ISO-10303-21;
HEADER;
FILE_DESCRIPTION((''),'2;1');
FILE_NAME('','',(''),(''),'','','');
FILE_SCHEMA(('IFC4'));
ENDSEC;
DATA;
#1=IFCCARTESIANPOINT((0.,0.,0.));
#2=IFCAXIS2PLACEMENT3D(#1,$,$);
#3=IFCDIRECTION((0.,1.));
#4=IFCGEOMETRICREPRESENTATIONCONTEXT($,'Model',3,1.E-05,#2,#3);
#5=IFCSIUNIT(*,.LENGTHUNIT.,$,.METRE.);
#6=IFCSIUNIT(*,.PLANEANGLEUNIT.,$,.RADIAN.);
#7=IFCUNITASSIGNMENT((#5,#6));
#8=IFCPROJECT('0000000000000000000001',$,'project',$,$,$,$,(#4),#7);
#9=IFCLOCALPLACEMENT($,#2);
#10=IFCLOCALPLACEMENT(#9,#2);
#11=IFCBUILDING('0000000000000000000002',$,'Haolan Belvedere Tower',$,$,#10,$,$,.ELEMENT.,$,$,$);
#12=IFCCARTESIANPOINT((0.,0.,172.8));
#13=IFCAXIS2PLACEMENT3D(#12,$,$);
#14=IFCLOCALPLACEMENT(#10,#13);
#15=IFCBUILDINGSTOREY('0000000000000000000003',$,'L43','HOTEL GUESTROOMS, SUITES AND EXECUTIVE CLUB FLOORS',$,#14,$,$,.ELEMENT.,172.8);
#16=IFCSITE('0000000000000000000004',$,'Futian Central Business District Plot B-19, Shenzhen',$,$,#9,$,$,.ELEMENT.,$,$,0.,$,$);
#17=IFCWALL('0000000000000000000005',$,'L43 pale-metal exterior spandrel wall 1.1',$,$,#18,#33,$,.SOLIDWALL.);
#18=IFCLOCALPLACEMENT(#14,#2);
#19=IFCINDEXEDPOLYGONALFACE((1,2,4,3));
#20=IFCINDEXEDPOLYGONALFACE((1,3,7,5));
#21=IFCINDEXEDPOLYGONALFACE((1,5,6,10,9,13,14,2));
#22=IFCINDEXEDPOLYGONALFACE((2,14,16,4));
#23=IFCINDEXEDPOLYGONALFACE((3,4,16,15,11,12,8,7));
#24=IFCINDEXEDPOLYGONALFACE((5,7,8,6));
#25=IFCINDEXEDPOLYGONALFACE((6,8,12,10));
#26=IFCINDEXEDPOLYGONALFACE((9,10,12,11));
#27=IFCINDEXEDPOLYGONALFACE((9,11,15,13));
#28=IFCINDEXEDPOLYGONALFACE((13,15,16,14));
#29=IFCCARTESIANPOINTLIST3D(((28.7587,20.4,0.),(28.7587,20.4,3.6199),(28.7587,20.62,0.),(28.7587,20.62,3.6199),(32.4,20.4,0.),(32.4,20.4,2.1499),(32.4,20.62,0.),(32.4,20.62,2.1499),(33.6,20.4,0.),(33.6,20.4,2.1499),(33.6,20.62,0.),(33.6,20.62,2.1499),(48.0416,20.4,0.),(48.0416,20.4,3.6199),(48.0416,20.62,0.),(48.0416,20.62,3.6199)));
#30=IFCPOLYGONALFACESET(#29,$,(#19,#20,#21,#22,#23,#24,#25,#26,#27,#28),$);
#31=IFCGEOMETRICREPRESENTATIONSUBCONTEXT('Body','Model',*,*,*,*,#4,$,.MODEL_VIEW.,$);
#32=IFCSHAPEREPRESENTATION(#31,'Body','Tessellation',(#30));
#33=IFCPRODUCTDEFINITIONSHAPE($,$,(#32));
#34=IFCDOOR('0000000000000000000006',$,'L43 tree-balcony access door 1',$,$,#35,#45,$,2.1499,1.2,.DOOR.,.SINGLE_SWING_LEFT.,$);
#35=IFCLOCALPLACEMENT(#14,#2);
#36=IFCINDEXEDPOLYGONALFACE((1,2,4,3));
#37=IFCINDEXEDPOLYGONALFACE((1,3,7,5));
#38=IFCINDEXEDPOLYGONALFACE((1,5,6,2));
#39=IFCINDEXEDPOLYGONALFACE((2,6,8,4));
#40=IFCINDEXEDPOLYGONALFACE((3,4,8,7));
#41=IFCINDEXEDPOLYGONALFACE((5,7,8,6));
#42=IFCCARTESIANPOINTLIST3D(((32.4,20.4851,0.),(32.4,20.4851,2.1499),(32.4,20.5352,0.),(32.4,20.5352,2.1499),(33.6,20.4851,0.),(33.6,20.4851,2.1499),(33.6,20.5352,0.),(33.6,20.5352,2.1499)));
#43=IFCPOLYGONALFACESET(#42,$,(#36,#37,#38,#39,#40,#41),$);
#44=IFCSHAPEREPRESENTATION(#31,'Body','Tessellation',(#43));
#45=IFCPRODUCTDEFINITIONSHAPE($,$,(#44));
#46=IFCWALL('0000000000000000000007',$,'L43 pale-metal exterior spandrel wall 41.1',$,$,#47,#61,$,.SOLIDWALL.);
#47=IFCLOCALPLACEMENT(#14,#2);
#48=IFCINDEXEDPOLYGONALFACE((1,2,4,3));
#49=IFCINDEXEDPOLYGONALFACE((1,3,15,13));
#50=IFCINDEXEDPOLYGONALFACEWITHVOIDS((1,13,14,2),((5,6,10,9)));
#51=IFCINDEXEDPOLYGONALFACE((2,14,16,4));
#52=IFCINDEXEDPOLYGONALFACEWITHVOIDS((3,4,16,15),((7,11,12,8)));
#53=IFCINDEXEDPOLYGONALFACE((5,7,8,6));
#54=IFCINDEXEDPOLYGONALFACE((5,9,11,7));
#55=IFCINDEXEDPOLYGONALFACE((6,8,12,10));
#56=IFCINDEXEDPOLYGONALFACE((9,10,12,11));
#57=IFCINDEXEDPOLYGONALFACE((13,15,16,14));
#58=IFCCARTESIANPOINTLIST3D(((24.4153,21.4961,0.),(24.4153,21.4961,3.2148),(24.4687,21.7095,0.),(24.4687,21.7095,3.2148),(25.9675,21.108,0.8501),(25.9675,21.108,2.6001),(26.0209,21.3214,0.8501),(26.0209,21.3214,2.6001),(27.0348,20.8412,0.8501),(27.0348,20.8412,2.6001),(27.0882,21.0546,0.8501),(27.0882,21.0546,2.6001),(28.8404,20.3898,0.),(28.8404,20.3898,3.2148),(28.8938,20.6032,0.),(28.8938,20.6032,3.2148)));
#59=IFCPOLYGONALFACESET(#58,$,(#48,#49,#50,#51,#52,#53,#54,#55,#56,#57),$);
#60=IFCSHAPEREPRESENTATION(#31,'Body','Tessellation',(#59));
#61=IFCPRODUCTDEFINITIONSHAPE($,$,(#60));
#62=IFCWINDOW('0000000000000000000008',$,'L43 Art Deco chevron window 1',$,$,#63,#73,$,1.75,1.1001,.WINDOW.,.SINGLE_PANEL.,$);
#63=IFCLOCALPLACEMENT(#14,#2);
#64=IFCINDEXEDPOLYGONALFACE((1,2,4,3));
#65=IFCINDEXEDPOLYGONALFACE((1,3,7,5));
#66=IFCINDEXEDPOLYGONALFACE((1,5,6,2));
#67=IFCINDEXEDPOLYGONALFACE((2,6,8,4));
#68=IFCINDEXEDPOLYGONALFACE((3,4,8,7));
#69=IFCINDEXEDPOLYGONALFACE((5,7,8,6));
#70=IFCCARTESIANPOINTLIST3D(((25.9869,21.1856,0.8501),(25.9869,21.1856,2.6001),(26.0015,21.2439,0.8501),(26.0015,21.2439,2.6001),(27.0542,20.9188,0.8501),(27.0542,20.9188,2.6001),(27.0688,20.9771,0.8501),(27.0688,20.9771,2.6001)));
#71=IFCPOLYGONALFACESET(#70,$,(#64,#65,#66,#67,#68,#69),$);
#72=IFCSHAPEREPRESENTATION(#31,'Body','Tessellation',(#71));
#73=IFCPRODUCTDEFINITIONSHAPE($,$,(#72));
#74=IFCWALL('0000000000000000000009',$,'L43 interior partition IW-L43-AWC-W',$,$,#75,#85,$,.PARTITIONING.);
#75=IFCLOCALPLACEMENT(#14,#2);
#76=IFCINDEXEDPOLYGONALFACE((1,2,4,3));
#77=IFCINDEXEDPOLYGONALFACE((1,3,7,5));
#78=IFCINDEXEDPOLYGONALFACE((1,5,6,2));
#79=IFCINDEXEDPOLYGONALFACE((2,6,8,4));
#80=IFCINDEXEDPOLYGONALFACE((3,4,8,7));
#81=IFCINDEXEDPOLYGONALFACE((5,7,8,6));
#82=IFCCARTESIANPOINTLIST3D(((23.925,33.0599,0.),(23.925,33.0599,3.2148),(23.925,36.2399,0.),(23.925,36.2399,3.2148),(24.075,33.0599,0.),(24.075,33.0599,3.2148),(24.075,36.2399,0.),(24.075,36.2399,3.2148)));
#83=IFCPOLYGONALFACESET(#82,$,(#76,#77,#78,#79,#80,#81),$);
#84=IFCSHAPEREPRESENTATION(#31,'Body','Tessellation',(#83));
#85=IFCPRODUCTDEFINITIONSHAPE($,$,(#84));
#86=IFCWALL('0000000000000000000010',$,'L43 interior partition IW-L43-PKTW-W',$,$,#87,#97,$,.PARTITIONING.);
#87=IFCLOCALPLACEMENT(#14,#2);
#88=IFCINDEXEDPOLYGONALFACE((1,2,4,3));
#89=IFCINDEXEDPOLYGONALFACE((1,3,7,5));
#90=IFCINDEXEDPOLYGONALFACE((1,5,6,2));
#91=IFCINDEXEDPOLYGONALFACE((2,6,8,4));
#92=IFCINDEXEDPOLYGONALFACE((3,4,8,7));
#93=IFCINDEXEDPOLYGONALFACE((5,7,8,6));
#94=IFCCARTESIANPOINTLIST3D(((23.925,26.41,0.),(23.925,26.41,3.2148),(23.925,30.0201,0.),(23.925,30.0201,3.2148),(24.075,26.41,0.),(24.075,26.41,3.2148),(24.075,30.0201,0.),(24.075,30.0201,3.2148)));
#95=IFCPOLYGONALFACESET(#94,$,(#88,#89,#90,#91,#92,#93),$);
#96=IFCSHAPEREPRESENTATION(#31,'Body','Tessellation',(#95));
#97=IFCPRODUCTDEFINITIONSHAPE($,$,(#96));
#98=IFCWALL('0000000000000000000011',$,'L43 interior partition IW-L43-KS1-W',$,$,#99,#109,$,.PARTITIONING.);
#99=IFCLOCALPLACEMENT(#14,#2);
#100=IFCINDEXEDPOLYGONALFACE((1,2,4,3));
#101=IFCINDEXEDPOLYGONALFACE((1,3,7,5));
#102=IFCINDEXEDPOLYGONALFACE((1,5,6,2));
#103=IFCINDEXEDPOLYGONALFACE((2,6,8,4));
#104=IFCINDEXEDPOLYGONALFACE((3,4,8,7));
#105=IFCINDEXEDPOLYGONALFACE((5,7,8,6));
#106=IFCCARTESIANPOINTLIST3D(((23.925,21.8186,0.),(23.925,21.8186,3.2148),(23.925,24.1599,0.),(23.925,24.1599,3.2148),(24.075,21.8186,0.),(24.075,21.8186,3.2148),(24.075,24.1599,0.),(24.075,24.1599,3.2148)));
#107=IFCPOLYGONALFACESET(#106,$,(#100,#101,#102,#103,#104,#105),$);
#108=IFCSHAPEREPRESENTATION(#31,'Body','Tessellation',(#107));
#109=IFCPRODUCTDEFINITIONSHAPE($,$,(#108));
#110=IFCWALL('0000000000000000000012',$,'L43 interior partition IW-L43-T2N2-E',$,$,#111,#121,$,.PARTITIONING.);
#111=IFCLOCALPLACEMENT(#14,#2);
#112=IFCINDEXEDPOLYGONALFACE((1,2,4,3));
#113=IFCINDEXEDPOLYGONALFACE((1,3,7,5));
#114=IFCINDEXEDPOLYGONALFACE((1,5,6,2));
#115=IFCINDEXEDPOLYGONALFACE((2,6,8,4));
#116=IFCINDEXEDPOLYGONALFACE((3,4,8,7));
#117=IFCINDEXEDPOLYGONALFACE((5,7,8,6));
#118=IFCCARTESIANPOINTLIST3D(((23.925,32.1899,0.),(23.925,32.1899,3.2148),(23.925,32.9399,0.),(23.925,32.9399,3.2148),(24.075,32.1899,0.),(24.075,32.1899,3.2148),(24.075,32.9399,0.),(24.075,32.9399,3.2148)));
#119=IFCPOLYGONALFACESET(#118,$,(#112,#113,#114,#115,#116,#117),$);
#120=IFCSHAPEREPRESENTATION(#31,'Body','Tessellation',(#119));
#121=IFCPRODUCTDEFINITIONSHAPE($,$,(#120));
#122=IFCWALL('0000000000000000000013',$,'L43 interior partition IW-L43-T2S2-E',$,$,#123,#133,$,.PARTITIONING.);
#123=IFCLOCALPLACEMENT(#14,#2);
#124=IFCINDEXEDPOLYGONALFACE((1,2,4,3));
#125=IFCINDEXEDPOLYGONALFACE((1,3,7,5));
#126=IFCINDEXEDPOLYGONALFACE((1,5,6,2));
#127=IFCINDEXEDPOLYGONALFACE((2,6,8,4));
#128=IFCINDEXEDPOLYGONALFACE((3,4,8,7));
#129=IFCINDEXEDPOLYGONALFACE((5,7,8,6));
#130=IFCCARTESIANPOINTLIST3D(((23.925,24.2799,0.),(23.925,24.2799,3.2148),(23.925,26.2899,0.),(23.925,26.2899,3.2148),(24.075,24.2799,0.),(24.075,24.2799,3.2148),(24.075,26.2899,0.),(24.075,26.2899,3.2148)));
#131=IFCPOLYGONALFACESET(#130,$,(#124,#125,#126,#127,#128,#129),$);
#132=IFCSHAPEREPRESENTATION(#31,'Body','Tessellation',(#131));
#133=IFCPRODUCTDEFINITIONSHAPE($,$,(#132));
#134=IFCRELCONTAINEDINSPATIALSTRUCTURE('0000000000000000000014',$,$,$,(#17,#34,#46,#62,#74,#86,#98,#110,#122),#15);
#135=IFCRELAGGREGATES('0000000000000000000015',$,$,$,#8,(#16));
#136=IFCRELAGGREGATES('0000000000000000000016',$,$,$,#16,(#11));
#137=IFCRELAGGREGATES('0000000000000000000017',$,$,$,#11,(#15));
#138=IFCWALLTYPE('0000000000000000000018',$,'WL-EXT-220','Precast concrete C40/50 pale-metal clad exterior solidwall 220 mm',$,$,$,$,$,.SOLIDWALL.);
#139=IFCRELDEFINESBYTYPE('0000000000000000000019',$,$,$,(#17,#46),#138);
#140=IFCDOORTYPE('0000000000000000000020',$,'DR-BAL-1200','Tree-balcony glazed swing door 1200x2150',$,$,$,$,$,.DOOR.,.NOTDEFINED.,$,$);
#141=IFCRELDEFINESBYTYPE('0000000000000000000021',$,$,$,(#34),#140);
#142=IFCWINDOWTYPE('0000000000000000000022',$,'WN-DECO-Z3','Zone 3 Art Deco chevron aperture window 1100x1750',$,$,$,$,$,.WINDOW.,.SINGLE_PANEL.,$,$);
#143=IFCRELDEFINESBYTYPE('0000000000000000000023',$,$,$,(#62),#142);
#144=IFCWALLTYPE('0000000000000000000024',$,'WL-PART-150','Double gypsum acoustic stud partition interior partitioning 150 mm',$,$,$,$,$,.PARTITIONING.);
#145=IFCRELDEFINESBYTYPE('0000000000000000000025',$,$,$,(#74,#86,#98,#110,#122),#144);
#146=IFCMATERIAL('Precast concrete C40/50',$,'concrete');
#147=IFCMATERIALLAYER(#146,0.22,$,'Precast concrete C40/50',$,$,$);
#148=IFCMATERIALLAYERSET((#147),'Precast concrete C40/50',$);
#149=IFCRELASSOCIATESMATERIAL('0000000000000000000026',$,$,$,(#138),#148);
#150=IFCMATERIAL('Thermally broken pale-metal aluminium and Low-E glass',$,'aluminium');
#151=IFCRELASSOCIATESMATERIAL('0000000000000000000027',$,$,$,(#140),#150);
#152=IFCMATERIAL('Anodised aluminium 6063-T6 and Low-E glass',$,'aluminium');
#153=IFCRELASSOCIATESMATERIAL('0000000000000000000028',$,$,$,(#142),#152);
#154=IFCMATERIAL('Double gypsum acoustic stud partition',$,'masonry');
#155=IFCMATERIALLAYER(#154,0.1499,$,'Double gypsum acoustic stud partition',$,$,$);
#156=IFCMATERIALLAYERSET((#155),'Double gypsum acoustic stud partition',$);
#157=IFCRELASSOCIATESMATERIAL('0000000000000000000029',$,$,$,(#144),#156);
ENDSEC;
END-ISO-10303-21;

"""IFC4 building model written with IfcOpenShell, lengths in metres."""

from ifc_helpers import new_model, si_unit, direction, frame, frame_2d, origin, place, context, subcontext, project, spatial, rectangle, extrude, material, layer, layer_set, type_object, element, fill, save


model = new_model("IFC4")

# Units and contexts
model_context = context("Model", 3, precision=1e-05, world=origin(), true_north=direction((0.0, 1.0)))
body_context = subcontext(model_context, "Body", "Model", "MODEL_VIEW")
ifc_project = project(units=[si_unit("LENGTHUNIT", "METRE"), si_unit("PLANEANGLEUNIT", "RADIAN")], contexts=[model_context])

# Site, building, storey
site_placement = place(None, origin())
site = spatial("IfcSite", under=ifc_project, at=site_placement, Name="Futian Central Business District Plot B-19, Shenzhen", CompositionType="ELEMENT", RefElevation=0.0)
building_placement = place(site_placement, origin())
building = spatial("IfcBuilding", under=site, at=building_placement, Name="Haolan Belvedere Tower", CompositionType="ELEMENT")
storey_placement = place(building_placement, frame((0.0, 0.0, 172.8)))
storey = spatial("IfcBuildingStorey", under=building, at=storey_placement, Name="L43", Description="HOTEL GUESTROOMS, SUITES AND EXECUTIVE CLUB FLOORS", CompositionType="ELEMENT", Elevation=172.8)

# Wall, opening, door
ifc_material_1 = material(Name="Precast concrete C40/50", Category="concrete")
ifc_layer_1 = layer(ifc_material_1, 0.22, Name="Precast concrete C40/50")
ifc_layer_set_1 = layer_set([ifc_layer_1], Name="Precast concrete C40/50")
wall_type_1 = type_object("IfcWallType", Name="WL-EXT-220", Description="Precast concrete C40/50 pale-metal clad exterior solidwall 220 mm", PredefinedType="SOLIDWALL", material=ifc_layer_set_1)
wall_1_placement = place(storey_placement, frame((28.7585, 20.51, 0.0), z_axis=(0.0, 0.0, 1.0), x_axis=(1.0, 0.0, 0.0)))
wall_1 = element("IfcWall", 1, at=wall_1_placement, inside=storey, type_object=wall_type_1, Name="L43 pale-metal exterior spandrel wall 1.1", PredefinedType="SOLIDWALL", context=body_context, shape_type="SweptSolid", body=[
    extrude(rectangle(XDim=19.283, YDim=0.22, at=frame_2d((9.6416, 0.0))), origin(), (0.0, 0.0, 1.0), 3.6199),
])
opening_1_placement = place(wall_1_placement, frame((4.8416, 0.0, 0.0), z_axis=(0.0, 0.0, 1.0), x_axis=(-1.0, 0.0, 0.0)))
opening_1 = element("IfcOpeningElement", 2, at=opening_1_placement, cuts=wall_1, PredefinedType="OPENING", context=body_context, shape_type="SweptSolid", body=[
    extrude(rectangle(XDim=1.2, YDim=2.1499, at=frame_2d((0.6001, 1.075))), frame((0.0, 0.1199, 0.0), z_axis=(0.0, -1.0, 0.0), x_axis=(1.0, 0.0, 0.0)), (0.0, 0.0, 1.0), 0.24),
])
ifc_material_2 = material(Name="Thermally broken pale-metal aluminium and Low-E glass", Category="aluminium")
door_type_1 = type_object("IfcDoorType", Name="DR-BAL-1200", Description="Tree-balcony glazed swing door 1200x2150", OperationType="NOTDEFINED", PredefinedType="DOOR", material=ifc_material_2)
door_1_placement = place(opening_1_placement, origin())
door_1 = element("IfcDoor", 3, at=door_1_placement, inside=storey, type_object=door_type_1, Name="L43 tree-balcony access door 1", OperationType="SINGLE_SWING_LEFT", OverallHeight=2.1499, OverallWidth=1.2, PredefinedType="DOOR", context=body_context, shape_type="SweptSolid", body=[
    extrude(rectangle(XDim=1.2, YDim=2.1499, at=frame_2d((0.6001, 1.075))), frame((0.0, 0.0249, 0.0), z_axis=(0.0, -1.0, 0.0), x_axis=(1.0, 0.0, 0.0)), (0.0, 0.0, 1.0), 0.05),
])
fill(opening_1, door_1)

# Wall, opening, window
wall_2_placement = place(storey_placement, frame((24.4419, 21.6028, 0.0), z_axis=(0.0, 0.0, 1.0), x_axis=(0.970146, -0.242523, 0.0)))
wall_2 = element("IfcWall", 4, at=wall_2_placement, inside=storey, type_object=wall_type_1, Name="L43 pale-metal exterior spandrel wall 41.1", PredefinedType="SOLIDWALL", context=body_context, shape_type="SweptSolid", body=[
    extrude(rectangle(XDim=4.5613, YDim=0.22, at=frame_2d((2.2808, 0.0))), origin(), (0.0, 0.0, 1.0), 3.2148),
])
opening_2_placement = place(wall_2_placement, frame((1.6001, 0.0, 0.8501)))
opening_2 = element("IfcOpeningElement", 5, at=opening_2_placement, cuts=wall_2, PredefinedType="OPENING", context=body_context, shape_type="SweptSolid", body=[
    extrude(rectangle(XDim=1.1001, YDim=1.75, at=frame_2d((0.55, 0.875))), frame((0.0, 0.1199, 0.0), z_axis=(0.0, -1.0, 0.0), x_axis=(1.0, 0.0, 0.0)), (0.0, 0.0, 1.0), 0.24),
])
ifc_material_3 = material(Name="Anodised aluminium 6063-T6 and Low-E glass", Category="aluminium")
window_type = type_object("IfcWindowType", Name="WN-DECO-Z3", Description="Zone 3 Art Deco chevron aperture window 1100x1750", PartitioningType="SINGLE_PANEL", PredefinedType="WINDOW", material=ifc_material_3)
window_placement = place(opening_2_placement, origin())
window = element("IfcWindow", 6, at=window_placement, inside=storey, type_object=window_type, Name="L43 Art Deco chevron window 1", OverallHeight=1.75, OverallWidth=1.1001, PartitioningType="SINGLE_PANEL", PredefinedType="WINDOW", context=body_context, shape_type="SweptSolid", body=[
    extrude(rectangle(XDim=1.1001, YDim=1.75, at=frame_2d((0.55, 0.875))), frame((0.0, 0.03, 0.0), z_axis=(0.0, -1.0, 0.0), x_axis=(1.0, 0.0, 0.0)), (0.0, 0.0, 1.0), 0.0601),
])
fill(opening_2, window)

# Wall
ifc_material_4 = material(Name="Double gypsum acoustic stud partition", Category="masonry")
ifc_layer_2 = layer(ifc_material_4, 0.1499, Name="Double gypsum acoustic stud partition")
ifc_layer_set_2 = layer_set([ifc_layer_2], Name="Double gypsum acoustic stud partition")
wall_type_2 = type_object("IfcWallType", Name="WL-PART-150", Description="Double gypsum acoustic stud partition interior partitioning 150 mm", PredefinedType="PARTITIONING", material=ifc_layer_set_2)
wall_3_placement = place(storey_placement, frame((24.0, 33.0601, 0.0), z_axis=(0.0, 0.0, 1.0), x_axis=(0.0, 1.0, 0.0)))
element("IfcWall", 7, at=wall_3_placement, inside=storey, type_object=wall_type_2, Name="L43 interior partition IW-L43-AWC-W", PredefinedType="PARTITIONING", context=body_context, shape_type="SweptSolid", body=[
    extrude(rectangle(XDim=3.1799, YDim=0.1499, at=frame_2d((1.5898, 0.0))), origin(), (0.0, 0.0, 1.0), 3.2148),
])

# Wall
wall_4_placement = place(storey_placement, frame((24.0, 26.4099, 0.0), z_axis=(0.0, 0.0, 1.0), x_axis=(0.0, 1.0, 0.0)))
element("IfcWall", 8, at=wall_4_placement, inside=storey, type_object=wall_type_2, Name="L43 interior partition IW-L43-PKTW-W", PredefinedType="PARTITIONING", context=body_context, shape_type="SweptSolid", body=[
    extrude(rectangle(XDim=3.6101, YDim=0.1499, at=frame_2d((1.8052, 0.0))), origin(), (0.0, 0.0, 1.0), 3.2148),
])

# Walls
wall_5_placement = place(storey_placement, frame((24.0, 21.8186, 0.0), z_axis=(0.0, 0.0, 1.0), x_axis=(0.0, 1.0, 0.0)))
element("IfcWall", 9, at=wall_5_placement, inside=storey, type_object=wall_type_2, Name="L43 interior partition IW-L43-KS1-W", PredefinedType="PARTITIONING", context=body_context, shape_type="SweptSolid", body=[
    extrude(rectangle(XDim=2.3413, YDim=0.1499, at=frame_2d((1.1707, 0.0))), origin(), (0.0, 0.0, 1.0), 3.2148),
])
wall_6_placement = place(storey_placement, frame((24.0, 32.1899, 0.0), z_axis=(0.0, 0.0, 1.0), x_axis=(0.0, 1.0, 0.0)))
element("IfcWall", 10, at=wall_6_placement, inside=storey, type_object=wall_type_2, Name="L43 interior partition IW-L43-T2N2-E", PredefinedType="PARTITIONING", context=body_context, shape_type="SweptSolid", body=[
    extrude(rectangle(XDim=0.75, YDim=0.1499, at=frame_2d((0.375, 0.0))), origin(), (0.0, 0.0, 1.0), 3.2148),
])
wall_7_placement = place(storey_placement, frame((24.0, 24.28, 0.0), z_axis=(0.0, 0.0, 1.0), x_axis=(0.0, 1.0, 0.0)))
element("IfcWall", 11, at=wall_7_placement, inside=storey, type_object=wall_type_2, Name="L43 interior partition IW-L43-T2S2-E", PredefinedType="PARTITIONING", context=body_context, shape_type="SweptSolid", body=[
    extrude(rectangle(XDim=2.01, YDim=0.1499, at=frame_2d((1.0049, 0.0))), origin(), (0.0, 0.0, 1.0), 3.2148),
])

save(model, "model.ifc")
